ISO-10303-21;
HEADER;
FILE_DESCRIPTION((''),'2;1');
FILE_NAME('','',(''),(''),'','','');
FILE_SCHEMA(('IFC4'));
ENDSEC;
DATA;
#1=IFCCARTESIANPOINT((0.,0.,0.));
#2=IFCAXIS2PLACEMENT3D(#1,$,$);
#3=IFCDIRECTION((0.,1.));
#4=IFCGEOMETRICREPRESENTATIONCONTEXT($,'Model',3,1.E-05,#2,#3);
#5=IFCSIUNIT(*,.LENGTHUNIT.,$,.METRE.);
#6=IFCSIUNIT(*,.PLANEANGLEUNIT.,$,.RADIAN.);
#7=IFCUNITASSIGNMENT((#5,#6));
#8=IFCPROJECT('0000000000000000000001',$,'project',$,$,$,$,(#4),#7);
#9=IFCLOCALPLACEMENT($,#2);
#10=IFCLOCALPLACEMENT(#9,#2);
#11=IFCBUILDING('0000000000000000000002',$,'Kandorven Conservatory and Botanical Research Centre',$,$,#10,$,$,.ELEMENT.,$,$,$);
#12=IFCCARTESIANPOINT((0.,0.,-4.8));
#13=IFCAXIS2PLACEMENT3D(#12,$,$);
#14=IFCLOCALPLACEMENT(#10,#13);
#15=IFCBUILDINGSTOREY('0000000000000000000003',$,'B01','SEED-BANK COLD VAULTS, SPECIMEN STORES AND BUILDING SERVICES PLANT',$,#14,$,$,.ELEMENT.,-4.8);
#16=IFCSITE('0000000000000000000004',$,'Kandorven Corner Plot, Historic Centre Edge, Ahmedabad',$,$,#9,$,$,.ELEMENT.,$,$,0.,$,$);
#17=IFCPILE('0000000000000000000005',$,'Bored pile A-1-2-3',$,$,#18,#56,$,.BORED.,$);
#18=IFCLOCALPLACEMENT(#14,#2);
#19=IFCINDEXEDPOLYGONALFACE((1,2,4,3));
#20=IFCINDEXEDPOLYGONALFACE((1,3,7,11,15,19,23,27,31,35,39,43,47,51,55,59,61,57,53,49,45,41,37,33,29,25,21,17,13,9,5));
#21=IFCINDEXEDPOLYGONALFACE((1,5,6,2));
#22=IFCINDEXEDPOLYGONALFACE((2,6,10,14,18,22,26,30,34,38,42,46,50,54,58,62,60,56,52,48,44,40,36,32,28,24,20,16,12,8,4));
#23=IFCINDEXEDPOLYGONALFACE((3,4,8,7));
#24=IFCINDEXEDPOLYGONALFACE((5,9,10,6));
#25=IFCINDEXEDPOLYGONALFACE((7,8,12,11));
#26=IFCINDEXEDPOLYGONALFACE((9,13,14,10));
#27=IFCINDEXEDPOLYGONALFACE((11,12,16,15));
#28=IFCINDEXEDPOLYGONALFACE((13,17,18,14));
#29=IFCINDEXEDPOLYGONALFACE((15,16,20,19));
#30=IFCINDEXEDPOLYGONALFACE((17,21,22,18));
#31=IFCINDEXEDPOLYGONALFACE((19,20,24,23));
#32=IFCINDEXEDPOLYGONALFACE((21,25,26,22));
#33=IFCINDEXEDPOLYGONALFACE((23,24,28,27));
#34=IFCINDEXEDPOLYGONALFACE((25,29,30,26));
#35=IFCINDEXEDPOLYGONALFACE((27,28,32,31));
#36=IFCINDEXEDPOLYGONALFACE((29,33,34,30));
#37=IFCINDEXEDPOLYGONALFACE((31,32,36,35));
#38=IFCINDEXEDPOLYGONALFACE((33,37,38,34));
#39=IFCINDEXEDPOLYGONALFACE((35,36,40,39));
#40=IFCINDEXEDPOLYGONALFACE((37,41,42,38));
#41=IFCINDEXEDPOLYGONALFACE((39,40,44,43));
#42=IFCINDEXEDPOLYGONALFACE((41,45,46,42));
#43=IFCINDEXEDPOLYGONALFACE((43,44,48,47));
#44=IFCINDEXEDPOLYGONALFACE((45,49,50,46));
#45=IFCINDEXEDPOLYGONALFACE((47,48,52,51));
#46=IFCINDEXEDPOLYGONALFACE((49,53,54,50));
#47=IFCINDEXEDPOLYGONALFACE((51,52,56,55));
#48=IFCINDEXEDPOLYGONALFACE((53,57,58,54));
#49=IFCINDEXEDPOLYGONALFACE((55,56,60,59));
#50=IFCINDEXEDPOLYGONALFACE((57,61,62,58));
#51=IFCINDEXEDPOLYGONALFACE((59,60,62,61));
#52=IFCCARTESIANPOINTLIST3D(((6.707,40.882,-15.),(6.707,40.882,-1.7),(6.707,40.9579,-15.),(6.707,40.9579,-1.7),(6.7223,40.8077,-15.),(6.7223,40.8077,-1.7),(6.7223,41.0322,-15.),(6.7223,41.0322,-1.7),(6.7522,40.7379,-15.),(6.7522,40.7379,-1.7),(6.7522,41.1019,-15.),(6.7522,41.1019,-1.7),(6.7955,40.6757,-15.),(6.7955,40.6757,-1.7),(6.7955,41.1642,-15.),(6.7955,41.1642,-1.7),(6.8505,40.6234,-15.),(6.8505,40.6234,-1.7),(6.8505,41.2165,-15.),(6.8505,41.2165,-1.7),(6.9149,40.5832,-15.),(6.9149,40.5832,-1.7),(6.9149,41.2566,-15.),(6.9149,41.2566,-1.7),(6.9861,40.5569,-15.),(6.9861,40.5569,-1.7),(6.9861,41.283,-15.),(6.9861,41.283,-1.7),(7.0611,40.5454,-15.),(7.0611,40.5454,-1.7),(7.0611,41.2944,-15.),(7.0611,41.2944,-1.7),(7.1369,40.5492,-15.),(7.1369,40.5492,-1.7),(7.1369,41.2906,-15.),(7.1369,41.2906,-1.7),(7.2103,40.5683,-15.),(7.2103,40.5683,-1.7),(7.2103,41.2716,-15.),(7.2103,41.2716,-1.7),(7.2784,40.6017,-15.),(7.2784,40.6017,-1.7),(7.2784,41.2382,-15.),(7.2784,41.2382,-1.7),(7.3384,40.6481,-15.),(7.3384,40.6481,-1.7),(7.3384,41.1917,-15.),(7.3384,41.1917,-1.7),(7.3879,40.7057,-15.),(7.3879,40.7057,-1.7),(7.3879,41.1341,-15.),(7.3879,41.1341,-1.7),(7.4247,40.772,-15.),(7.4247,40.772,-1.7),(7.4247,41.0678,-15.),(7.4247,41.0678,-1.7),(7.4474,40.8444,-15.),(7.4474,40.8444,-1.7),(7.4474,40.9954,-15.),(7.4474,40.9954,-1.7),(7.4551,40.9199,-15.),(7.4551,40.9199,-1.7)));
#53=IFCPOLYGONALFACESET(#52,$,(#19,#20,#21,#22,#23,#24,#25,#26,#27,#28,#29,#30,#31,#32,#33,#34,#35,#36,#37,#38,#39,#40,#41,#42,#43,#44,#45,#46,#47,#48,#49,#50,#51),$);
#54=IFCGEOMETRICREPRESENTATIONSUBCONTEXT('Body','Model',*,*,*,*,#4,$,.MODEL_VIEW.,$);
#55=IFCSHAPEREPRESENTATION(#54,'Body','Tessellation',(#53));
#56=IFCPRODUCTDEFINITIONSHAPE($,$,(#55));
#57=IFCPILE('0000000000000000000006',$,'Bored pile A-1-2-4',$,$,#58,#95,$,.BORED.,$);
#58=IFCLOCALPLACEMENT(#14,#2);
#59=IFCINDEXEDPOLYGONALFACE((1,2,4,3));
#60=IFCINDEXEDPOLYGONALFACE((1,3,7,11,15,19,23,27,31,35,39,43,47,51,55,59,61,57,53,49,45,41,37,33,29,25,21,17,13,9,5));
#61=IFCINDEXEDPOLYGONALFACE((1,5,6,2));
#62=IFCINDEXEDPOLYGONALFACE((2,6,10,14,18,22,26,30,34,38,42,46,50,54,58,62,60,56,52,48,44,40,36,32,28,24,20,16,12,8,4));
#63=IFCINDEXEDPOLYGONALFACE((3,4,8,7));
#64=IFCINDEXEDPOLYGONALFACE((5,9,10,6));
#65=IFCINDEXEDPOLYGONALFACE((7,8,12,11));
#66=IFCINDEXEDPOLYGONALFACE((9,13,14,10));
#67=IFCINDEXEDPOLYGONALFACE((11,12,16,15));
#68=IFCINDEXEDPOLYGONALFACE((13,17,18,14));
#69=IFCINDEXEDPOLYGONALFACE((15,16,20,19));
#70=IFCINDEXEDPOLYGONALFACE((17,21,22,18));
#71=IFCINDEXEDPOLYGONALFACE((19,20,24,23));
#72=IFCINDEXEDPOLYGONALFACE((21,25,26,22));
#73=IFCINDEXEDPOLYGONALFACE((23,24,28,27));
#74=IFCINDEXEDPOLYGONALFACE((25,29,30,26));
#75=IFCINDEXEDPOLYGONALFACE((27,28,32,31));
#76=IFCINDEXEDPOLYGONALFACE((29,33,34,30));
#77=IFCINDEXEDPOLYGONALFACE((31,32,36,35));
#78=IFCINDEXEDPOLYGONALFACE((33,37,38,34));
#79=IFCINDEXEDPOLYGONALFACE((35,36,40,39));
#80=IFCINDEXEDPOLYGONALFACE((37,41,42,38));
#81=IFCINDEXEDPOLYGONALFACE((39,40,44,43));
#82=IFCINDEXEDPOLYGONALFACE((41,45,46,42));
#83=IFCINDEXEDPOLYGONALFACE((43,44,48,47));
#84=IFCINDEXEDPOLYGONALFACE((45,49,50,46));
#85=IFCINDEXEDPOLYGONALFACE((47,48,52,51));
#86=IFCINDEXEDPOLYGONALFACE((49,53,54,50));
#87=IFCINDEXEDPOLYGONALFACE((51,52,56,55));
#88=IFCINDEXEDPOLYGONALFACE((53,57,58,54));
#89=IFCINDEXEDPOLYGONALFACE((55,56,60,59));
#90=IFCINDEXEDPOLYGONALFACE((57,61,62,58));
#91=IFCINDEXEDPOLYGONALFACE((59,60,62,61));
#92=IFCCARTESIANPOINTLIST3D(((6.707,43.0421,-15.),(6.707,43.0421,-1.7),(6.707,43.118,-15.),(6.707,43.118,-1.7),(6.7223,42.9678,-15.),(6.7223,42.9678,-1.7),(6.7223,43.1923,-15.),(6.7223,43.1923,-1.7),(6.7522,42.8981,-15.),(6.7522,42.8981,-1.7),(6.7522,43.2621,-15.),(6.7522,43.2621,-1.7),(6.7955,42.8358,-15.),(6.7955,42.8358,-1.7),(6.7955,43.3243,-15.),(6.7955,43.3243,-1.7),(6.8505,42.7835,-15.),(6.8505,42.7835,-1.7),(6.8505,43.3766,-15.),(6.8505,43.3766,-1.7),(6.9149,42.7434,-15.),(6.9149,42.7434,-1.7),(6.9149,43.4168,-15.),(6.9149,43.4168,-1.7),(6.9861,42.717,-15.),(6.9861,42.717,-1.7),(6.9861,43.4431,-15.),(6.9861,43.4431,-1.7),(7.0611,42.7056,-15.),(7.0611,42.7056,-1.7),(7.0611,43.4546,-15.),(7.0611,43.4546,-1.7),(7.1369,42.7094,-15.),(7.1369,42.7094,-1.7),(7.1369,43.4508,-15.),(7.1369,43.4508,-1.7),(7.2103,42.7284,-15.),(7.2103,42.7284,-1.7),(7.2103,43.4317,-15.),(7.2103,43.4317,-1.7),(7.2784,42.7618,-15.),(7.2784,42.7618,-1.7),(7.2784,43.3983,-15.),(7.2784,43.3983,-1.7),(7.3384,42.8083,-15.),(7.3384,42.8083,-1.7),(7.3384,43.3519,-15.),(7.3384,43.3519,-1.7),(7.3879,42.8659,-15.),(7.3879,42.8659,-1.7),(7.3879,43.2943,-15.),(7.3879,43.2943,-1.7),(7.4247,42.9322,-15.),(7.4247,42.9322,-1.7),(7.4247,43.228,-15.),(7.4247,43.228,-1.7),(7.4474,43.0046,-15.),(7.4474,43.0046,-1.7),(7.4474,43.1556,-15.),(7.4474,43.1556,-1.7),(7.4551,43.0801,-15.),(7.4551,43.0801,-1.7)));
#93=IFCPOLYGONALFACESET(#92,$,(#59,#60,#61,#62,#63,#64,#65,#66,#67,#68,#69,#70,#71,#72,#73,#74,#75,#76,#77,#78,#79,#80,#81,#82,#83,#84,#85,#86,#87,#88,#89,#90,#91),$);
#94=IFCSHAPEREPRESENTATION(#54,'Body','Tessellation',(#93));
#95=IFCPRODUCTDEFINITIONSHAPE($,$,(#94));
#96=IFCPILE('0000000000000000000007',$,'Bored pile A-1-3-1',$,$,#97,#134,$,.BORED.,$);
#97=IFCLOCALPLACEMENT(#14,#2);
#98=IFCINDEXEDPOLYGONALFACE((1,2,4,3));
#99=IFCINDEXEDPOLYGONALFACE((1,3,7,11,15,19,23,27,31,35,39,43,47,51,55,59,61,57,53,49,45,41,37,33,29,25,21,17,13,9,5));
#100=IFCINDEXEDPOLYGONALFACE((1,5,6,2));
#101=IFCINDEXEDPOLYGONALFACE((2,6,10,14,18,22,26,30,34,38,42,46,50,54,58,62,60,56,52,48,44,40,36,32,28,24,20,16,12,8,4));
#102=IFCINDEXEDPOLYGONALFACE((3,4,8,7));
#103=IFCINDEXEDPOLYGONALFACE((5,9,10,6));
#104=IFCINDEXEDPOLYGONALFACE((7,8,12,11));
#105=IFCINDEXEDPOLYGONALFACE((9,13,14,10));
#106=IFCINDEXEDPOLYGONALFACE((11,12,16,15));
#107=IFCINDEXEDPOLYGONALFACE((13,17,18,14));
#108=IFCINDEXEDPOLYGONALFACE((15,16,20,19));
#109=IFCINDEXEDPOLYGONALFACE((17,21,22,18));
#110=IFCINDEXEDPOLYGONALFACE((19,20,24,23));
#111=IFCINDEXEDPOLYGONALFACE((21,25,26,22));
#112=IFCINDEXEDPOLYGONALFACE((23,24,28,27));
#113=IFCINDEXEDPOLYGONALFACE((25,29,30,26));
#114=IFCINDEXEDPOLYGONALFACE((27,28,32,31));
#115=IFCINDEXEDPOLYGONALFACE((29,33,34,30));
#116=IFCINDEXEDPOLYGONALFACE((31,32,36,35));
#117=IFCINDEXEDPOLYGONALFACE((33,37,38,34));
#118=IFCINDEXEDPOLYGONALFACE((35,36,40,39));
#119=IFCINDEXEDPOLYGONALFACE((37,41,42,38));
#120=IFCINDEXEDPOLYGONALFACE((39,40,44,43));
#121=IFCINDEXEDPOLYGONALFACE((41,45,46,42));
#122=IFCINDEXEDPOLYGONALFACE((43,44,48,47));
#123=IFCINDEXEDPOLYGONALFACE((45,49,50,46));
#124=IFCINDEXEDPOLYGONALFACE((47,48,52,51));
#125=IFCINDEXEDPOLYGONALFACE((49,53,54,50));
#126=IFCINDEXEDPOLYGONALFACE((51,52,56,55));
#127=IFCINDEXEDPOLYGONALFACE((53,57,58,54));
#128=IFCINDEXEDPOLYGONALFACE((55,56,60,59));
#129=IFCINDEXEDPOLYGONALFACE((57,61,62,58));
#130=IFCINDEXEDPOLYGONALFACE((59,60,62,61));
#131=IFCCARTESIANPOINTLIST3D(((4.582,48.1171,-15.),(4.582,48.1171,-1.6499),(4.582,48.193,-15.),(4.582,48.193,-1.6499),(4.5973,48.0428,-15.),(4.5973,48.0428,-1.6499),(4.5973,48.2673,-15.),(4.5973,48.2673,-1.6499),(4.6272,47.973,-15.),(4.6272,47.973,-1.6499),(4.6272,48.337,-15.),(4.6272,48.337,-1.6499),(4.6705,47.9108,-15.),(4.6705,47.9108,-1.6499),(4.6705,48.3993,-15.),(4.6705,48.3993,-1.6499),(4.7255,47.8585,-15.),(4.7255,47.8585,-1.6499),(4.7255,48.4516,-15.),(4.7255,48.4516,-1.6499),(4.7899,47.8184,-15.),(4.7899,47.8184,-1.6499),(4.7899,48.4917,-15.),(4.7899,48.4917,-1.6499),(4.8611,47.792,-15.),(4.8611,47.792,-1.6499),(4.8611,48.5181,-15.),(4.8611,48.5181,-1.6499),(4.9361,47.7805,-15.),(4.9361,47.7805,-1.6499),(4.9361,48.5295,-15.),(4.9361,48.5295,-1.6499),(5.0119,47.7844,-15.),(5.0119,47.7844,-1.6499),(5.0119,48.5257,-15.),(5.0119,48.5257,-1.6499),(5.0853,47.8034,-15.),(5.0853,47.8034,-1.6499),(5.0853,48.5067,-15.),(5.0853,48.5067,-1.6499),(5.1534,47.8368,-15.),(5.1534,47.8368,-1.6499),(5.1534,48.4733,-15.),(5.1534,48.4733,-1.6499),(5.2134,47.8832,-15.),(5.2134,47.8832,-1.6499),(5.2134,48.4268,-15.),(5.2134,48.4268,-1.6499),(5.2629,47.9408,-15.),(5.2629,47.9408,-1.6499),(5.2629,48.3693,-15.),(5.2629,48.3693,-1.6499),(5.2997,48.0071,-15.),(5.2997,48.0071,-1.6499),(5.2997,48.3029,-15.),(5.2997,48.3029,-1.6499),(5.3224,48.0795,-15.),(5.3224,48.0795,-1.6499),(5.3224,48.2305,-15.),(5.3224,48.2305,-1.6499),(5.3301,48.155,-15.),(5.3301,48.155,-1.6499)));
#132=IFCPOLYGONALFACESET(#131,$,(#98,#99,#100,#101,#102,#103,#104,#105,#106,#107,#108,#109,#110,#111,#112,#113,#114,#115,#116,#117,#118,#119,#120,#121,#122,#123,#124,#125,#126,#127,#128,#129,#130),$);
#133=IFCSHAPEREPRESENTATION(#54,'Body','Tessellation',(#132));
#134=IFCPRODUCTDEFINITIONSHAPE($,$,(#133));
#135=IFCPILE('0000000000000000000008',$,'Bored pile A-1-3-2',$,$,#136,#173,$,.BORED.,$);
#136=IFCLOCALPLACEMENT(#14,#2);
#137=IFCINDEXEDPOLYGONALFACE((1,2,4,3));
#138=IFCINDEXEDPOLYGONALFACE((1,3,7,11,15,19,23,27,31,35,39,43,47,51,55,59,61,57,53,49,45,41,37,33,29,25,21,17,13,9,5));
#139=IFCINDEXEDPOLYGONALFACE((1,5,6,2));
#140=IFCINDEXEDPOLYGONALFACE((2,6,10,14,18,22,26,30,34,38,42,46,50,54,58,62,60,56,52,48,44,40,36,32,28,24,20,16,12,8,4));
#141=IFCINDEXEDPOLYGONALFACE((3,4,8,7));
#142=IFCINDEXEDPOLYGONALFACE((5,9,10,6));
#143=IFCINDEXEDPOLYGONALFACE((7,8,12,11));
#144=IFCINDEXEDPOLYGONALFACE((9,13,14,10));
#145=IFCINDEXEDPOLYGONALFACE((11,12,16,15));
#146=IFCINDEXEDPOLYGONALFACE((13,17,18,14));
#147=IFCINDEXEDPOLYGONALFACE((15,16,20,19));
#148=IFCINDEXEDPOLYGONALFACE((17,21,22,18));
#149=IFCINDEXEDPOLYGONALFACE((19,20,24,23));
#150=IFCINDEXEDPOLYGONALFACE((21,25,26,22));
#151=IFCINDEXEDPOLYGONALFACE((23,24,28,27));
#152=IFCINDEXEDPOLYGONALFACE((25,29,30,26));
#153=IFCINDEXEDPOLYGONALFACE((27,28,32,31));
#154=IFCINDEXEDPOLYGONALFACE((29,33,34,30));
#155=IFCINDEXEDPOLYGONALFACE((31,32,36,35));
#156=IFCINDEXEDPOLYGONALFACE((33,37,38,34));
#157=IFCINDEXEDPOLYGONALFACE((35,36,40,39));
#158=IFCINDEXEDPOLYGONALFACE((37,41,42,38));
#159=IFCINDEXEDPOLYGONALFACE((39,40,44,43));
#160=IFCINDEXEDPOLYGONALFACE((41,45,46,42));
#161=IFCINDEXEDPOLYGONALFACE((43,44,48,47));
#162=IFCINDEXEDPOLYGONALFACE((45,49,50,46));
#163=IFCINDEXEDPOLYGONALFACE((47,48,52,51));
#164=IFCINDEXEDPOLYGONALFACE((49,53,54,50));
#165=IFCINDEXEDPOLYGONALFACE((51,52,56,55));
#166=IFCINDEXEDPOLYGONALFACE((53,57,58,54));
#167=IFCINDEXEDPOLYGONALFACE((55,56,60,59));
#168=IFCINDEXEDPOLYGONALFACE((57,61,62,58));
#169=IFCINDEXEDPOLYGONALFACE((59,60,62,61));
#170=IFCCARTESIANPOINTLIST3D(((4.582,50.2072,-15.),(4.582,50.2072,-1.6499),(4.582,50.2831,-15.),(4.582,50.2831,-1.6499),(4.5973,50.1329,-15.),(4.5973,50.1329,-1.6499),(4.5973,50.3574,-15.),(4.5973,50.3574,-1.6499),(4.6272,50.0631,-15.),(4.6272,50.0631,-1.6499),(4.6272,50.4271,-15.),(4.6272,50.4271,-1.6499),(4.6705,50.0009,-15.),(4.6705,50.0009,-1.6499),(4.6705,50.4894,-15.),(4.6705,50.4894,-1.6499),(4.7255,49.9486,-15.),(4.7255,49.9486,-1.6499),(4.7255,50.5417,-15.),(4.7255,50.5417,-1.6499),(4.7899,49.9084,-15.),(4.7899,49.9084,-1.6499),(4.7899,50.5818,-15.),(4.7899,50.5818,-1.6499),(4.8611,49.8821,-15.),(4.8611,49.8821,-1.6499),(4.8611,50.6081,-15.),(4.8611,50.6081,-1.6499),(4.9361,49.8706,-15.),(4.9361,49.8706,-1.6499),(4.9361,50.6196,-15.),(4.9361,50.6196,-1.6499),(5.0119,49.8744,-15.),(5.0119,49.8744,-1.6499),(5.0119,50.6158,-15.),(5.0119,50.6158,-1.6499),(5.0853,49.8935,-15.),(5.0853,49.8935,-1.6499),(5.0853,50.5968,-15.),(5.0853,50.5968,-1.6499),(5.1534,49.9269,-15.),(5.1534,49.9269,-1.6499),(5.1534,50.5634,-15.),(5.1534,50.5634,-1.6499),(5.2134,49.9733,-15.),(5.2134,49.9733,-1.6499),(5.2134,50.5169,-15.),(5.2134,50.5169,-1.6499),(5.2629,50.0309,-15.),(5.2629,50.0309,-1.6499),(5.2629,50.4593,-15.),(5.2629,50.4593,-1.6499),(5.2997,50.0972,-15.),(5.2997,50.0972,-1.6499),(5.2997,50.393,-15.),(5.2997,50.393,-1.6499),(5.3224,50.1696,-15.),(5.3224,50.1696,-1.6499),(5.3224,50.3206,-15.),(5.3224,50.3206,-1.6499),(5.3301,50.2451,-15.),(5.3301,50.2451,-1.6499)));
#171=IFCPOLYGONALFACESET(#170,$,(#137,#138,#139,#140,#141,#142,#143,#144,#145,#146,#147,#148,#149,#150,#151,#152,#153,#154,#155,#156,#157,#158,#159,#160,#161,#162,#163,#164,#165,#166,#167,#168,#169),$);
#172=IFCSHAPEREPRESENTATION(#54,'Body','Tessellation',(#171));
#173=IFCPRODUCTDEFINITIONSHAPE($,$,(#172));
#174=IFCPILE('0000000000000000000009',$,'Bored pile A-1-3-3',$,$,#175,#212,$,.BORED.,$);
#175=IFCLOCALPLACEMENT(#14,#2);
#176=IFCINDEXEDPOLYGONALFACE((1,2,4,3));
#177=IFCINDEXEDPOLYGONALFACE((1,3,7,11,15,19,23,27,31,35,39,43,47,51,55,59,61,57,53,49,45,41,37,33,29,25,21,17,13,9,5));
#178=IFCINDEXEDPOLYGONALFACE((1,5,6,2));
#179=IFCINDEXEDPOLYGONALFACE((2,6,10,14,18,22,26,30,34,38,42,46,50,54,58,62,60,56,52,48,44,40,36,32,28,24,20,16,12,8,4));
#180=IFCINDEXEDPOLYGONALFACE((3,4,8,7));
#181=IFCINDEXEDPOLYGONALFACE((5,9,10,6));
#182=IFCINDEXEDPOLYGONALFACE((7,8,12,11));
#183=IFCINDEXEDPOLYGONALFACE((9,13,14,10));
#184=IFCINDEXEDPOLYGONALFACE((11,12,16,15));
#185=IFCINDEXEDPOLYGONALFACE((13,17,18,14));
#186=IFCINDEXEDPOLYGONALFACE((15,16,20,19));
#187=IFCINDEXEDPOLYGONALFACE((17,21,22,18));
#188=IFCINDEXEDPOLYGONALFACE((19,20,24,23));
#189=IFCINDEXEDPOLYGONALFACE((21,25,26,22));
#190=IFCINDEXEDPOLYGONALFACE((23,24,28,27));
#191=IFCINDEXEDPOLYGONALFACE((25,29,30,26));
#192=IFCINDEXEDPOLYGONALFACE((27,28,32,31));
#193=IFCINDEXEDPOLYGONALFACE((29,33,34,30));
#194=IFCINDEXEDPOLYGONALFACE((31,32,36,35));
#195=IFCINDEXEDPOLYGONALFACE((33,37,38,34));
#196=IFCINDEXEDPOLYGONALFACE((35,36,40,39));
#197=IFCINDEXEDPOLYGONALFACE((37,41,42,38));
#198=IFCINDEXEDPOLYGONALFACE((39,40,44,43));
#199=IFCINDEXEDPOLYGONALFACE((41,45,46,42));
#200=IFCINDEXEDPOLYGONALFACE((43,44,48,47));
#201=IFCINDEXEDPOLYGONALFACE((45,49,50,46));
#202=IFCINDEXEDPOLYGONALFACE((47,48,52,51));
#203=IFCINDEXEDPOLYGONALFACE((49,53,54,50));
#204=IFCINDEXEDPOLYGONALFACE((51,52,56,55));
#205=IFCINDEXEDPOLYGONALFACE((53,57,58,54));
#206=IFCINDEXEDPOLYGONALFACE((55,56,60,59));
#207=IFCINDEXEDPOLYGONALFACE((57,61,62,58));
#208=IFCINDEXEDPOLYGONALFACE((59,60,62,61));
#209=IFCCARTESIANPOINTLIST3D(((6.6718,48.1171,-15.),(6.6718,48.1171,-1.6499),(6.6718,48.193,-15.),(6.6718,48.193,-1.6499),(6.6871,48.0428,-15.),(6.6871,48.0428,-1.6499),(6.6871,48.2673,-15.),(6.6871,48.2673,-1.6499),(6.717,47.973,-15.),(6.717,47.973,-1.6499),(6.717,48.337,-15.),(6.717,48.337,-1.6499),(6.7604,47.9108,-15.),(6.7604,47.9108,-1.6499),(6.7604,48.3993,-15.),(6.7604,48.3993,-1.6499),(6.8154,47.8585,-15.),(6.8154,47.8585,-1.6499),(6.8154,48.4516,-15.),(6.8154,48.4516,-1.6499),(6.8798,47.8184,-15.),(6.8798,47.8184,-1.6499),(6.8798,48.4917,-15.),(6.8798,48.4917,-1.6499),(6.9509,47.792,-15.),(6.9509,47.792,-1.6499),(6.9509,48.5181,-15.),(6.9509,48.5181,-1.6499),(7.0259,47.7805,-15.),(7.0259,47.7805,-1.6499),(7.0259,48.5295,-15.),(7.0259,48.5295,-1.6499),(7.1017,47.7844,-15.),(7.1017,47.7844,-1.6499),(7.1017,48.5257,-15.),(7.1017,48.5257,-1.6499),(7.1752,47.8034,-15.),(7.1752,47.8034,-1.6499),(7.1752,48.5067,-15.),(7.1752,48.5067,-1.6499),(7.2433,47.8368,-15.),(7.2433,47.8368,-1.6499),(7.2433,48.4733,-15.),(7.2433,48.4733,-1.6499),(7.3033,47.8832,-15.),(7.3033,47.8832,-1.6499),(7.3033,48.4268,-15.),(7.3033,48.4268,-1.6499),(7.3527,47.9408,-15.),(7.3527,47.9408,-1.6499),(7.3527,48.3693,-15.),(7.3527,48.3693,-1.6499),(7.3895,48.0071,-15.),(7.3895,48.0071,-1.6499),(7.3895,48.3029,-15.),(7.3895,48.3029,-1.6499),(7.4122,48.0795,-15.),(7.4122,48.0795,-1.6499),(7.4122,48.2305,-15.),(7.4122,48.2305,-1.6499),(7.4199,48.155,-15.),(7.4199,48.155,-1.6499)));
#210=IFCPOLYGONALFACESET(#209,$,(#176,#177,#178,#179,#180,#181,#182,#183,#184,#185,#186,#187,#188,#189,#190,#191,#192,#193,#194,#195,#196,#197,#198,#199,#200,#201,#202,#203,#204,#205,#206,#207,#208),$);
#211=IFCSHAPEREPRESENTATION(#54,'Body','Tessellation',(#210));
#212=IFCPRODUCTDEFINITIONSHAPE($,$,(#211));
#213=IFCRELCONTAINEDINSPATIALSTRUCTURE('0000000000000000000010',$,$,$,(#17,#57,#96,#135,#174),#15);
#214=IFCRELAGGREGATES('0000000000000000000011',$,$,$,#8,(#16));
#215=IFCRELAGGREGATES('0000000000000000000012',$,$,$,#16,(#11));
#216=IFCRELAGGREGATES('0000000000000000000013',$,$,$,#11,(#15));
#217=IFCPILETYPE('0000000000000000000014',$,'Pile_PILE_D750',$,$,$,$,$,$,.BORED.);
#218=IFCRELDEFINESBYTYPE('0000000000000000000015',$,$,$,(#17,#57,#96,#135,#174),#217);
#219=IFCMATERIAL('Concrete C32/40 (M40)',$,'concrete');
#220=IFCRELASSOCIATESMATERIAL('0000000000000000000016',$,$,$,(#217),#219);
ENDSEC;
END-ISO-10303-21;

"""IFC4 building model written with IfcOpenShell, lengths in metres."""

from ifc_helpers import new_model, si_unit, direction, frame, origin, origin_2d, place, context, subcontext, project, spatial, circle, extrude, material, material_profile, profile_set, type_object, element, save


model = new_model("IFC4")

# Units and contexts
model_context = context("Model", 3, precision=1e-05, world=origin(), true_north=direction((0.0, 1.0)))
body_context = subcontext(model_context, "Body", "Model", "MODEL_VIEW")
ifc_project = project(units=[si_unit("LENGTHUNIT", "METRE"), si_unit("PLANEANGLEUNIT", "RADIAN")], contexts=[model_context])

# Site, building, storey
site_placement = place(None, origin())
site = spatial("IfcSite", under=ifc_project, at=site_placement, Name="Kandorven Corner Plot, Historic Centre Edge, Ahmedabad", CompositionType="ELEMENT", RefElevation=0.0)
building_placement = place(site_placement, origin())
building = spatial("IfcBuilding", under=site, at=building_placement, Name="Kandorven Conservatory and Botanical Research Centre", CompositionType="ELEMENT")
storey_placement = place(building_placement, frame((0.0, 0.0, -4.8)))
storey = spatial("IfcBuildingStorey", under=building, at=storey_placement, Name="B01", Description="SEED-BANK COLD VAULTS, SPECIMEN STORES AND BUILDING SERVICES PLANT", CompositionType="ELEMENT", Elevation=-4.8)

# Piles
ifc_material_1 = material(Name="Concrete C32/40 (M40)", Category="concrete")
ifc_material_profile_1 = material_profile(ifc_material_1, circle(Radius=0.375, at=origin_2d()))
ifc_profile_set_1 = profile_set([ifc_material_profile_1], Name="Concrete C32/40 (M40)")
pile_type = type_object("IfcPileType", Name="Pile_PILE_D750", PredefinedType="BORED", material=ifc_profile_set_1)
for number, where, z_axis, x_axis, name in (
    (1, (7.0801, 40.9199, -1.7), (0.0, 0.0, -1.0), (1.0, 0.0, 0.0), "Bored pile A-1-2-3"),
    (2, (7.0801, 43.0801, -1.7), (0.0, 0.0, -1.0), (1.0, 0.0, 0.0), "Bored pile A-1-2-4"),
):
    element("IfcPile", number, at=place(storey_placement, frame(where, z_axis=z_axis, x_axis=x_axis)), inside=storey, type_object=pile_type, Name=name, PredefinedType="BORED", context=body_context, shape_type="SweptSolid", body=[
        extrude(circle(Radius=0.375, at=origin_2d()), origin(), (0.0, 0.0, 1.0), 13.3),
    ])
for number, where, z_axis, x_axis, name in (
    (3, (4.9551, 48.155, -1.6499), (0.0, 0.0, -1.0), (1.0, 0.0, 0.0), "Bored pile A-1-3-1"),
    (4, (4.9551, 50.2451, -1.6499), (0.0, 0.0, -1.0), (1.0, 0.0, 0.0), "Bored pile A-1-3-2"),
    (5, (7.0449, 48.155, -1.6499), (0.0, 0.0, -1.0), (1.0, 0.0, 0.0), "Bored pile A-1-3-3"),
):
    element("IfcPile", number, at=place(storey_placement, frame(where, z_axis=z_axis, x_axis=x_axis)), inside=storey, type_object=pile_type, Name=name, PredefinedType="BORED", context=body_context, shape_type="SweptSolid", body=[
        extrude(circle(Radius=0.375, at=origin_2d()), origin(), (0.0, 0.0, 1.0), 13.3501),
    ])

save(model, "model.ifc")
